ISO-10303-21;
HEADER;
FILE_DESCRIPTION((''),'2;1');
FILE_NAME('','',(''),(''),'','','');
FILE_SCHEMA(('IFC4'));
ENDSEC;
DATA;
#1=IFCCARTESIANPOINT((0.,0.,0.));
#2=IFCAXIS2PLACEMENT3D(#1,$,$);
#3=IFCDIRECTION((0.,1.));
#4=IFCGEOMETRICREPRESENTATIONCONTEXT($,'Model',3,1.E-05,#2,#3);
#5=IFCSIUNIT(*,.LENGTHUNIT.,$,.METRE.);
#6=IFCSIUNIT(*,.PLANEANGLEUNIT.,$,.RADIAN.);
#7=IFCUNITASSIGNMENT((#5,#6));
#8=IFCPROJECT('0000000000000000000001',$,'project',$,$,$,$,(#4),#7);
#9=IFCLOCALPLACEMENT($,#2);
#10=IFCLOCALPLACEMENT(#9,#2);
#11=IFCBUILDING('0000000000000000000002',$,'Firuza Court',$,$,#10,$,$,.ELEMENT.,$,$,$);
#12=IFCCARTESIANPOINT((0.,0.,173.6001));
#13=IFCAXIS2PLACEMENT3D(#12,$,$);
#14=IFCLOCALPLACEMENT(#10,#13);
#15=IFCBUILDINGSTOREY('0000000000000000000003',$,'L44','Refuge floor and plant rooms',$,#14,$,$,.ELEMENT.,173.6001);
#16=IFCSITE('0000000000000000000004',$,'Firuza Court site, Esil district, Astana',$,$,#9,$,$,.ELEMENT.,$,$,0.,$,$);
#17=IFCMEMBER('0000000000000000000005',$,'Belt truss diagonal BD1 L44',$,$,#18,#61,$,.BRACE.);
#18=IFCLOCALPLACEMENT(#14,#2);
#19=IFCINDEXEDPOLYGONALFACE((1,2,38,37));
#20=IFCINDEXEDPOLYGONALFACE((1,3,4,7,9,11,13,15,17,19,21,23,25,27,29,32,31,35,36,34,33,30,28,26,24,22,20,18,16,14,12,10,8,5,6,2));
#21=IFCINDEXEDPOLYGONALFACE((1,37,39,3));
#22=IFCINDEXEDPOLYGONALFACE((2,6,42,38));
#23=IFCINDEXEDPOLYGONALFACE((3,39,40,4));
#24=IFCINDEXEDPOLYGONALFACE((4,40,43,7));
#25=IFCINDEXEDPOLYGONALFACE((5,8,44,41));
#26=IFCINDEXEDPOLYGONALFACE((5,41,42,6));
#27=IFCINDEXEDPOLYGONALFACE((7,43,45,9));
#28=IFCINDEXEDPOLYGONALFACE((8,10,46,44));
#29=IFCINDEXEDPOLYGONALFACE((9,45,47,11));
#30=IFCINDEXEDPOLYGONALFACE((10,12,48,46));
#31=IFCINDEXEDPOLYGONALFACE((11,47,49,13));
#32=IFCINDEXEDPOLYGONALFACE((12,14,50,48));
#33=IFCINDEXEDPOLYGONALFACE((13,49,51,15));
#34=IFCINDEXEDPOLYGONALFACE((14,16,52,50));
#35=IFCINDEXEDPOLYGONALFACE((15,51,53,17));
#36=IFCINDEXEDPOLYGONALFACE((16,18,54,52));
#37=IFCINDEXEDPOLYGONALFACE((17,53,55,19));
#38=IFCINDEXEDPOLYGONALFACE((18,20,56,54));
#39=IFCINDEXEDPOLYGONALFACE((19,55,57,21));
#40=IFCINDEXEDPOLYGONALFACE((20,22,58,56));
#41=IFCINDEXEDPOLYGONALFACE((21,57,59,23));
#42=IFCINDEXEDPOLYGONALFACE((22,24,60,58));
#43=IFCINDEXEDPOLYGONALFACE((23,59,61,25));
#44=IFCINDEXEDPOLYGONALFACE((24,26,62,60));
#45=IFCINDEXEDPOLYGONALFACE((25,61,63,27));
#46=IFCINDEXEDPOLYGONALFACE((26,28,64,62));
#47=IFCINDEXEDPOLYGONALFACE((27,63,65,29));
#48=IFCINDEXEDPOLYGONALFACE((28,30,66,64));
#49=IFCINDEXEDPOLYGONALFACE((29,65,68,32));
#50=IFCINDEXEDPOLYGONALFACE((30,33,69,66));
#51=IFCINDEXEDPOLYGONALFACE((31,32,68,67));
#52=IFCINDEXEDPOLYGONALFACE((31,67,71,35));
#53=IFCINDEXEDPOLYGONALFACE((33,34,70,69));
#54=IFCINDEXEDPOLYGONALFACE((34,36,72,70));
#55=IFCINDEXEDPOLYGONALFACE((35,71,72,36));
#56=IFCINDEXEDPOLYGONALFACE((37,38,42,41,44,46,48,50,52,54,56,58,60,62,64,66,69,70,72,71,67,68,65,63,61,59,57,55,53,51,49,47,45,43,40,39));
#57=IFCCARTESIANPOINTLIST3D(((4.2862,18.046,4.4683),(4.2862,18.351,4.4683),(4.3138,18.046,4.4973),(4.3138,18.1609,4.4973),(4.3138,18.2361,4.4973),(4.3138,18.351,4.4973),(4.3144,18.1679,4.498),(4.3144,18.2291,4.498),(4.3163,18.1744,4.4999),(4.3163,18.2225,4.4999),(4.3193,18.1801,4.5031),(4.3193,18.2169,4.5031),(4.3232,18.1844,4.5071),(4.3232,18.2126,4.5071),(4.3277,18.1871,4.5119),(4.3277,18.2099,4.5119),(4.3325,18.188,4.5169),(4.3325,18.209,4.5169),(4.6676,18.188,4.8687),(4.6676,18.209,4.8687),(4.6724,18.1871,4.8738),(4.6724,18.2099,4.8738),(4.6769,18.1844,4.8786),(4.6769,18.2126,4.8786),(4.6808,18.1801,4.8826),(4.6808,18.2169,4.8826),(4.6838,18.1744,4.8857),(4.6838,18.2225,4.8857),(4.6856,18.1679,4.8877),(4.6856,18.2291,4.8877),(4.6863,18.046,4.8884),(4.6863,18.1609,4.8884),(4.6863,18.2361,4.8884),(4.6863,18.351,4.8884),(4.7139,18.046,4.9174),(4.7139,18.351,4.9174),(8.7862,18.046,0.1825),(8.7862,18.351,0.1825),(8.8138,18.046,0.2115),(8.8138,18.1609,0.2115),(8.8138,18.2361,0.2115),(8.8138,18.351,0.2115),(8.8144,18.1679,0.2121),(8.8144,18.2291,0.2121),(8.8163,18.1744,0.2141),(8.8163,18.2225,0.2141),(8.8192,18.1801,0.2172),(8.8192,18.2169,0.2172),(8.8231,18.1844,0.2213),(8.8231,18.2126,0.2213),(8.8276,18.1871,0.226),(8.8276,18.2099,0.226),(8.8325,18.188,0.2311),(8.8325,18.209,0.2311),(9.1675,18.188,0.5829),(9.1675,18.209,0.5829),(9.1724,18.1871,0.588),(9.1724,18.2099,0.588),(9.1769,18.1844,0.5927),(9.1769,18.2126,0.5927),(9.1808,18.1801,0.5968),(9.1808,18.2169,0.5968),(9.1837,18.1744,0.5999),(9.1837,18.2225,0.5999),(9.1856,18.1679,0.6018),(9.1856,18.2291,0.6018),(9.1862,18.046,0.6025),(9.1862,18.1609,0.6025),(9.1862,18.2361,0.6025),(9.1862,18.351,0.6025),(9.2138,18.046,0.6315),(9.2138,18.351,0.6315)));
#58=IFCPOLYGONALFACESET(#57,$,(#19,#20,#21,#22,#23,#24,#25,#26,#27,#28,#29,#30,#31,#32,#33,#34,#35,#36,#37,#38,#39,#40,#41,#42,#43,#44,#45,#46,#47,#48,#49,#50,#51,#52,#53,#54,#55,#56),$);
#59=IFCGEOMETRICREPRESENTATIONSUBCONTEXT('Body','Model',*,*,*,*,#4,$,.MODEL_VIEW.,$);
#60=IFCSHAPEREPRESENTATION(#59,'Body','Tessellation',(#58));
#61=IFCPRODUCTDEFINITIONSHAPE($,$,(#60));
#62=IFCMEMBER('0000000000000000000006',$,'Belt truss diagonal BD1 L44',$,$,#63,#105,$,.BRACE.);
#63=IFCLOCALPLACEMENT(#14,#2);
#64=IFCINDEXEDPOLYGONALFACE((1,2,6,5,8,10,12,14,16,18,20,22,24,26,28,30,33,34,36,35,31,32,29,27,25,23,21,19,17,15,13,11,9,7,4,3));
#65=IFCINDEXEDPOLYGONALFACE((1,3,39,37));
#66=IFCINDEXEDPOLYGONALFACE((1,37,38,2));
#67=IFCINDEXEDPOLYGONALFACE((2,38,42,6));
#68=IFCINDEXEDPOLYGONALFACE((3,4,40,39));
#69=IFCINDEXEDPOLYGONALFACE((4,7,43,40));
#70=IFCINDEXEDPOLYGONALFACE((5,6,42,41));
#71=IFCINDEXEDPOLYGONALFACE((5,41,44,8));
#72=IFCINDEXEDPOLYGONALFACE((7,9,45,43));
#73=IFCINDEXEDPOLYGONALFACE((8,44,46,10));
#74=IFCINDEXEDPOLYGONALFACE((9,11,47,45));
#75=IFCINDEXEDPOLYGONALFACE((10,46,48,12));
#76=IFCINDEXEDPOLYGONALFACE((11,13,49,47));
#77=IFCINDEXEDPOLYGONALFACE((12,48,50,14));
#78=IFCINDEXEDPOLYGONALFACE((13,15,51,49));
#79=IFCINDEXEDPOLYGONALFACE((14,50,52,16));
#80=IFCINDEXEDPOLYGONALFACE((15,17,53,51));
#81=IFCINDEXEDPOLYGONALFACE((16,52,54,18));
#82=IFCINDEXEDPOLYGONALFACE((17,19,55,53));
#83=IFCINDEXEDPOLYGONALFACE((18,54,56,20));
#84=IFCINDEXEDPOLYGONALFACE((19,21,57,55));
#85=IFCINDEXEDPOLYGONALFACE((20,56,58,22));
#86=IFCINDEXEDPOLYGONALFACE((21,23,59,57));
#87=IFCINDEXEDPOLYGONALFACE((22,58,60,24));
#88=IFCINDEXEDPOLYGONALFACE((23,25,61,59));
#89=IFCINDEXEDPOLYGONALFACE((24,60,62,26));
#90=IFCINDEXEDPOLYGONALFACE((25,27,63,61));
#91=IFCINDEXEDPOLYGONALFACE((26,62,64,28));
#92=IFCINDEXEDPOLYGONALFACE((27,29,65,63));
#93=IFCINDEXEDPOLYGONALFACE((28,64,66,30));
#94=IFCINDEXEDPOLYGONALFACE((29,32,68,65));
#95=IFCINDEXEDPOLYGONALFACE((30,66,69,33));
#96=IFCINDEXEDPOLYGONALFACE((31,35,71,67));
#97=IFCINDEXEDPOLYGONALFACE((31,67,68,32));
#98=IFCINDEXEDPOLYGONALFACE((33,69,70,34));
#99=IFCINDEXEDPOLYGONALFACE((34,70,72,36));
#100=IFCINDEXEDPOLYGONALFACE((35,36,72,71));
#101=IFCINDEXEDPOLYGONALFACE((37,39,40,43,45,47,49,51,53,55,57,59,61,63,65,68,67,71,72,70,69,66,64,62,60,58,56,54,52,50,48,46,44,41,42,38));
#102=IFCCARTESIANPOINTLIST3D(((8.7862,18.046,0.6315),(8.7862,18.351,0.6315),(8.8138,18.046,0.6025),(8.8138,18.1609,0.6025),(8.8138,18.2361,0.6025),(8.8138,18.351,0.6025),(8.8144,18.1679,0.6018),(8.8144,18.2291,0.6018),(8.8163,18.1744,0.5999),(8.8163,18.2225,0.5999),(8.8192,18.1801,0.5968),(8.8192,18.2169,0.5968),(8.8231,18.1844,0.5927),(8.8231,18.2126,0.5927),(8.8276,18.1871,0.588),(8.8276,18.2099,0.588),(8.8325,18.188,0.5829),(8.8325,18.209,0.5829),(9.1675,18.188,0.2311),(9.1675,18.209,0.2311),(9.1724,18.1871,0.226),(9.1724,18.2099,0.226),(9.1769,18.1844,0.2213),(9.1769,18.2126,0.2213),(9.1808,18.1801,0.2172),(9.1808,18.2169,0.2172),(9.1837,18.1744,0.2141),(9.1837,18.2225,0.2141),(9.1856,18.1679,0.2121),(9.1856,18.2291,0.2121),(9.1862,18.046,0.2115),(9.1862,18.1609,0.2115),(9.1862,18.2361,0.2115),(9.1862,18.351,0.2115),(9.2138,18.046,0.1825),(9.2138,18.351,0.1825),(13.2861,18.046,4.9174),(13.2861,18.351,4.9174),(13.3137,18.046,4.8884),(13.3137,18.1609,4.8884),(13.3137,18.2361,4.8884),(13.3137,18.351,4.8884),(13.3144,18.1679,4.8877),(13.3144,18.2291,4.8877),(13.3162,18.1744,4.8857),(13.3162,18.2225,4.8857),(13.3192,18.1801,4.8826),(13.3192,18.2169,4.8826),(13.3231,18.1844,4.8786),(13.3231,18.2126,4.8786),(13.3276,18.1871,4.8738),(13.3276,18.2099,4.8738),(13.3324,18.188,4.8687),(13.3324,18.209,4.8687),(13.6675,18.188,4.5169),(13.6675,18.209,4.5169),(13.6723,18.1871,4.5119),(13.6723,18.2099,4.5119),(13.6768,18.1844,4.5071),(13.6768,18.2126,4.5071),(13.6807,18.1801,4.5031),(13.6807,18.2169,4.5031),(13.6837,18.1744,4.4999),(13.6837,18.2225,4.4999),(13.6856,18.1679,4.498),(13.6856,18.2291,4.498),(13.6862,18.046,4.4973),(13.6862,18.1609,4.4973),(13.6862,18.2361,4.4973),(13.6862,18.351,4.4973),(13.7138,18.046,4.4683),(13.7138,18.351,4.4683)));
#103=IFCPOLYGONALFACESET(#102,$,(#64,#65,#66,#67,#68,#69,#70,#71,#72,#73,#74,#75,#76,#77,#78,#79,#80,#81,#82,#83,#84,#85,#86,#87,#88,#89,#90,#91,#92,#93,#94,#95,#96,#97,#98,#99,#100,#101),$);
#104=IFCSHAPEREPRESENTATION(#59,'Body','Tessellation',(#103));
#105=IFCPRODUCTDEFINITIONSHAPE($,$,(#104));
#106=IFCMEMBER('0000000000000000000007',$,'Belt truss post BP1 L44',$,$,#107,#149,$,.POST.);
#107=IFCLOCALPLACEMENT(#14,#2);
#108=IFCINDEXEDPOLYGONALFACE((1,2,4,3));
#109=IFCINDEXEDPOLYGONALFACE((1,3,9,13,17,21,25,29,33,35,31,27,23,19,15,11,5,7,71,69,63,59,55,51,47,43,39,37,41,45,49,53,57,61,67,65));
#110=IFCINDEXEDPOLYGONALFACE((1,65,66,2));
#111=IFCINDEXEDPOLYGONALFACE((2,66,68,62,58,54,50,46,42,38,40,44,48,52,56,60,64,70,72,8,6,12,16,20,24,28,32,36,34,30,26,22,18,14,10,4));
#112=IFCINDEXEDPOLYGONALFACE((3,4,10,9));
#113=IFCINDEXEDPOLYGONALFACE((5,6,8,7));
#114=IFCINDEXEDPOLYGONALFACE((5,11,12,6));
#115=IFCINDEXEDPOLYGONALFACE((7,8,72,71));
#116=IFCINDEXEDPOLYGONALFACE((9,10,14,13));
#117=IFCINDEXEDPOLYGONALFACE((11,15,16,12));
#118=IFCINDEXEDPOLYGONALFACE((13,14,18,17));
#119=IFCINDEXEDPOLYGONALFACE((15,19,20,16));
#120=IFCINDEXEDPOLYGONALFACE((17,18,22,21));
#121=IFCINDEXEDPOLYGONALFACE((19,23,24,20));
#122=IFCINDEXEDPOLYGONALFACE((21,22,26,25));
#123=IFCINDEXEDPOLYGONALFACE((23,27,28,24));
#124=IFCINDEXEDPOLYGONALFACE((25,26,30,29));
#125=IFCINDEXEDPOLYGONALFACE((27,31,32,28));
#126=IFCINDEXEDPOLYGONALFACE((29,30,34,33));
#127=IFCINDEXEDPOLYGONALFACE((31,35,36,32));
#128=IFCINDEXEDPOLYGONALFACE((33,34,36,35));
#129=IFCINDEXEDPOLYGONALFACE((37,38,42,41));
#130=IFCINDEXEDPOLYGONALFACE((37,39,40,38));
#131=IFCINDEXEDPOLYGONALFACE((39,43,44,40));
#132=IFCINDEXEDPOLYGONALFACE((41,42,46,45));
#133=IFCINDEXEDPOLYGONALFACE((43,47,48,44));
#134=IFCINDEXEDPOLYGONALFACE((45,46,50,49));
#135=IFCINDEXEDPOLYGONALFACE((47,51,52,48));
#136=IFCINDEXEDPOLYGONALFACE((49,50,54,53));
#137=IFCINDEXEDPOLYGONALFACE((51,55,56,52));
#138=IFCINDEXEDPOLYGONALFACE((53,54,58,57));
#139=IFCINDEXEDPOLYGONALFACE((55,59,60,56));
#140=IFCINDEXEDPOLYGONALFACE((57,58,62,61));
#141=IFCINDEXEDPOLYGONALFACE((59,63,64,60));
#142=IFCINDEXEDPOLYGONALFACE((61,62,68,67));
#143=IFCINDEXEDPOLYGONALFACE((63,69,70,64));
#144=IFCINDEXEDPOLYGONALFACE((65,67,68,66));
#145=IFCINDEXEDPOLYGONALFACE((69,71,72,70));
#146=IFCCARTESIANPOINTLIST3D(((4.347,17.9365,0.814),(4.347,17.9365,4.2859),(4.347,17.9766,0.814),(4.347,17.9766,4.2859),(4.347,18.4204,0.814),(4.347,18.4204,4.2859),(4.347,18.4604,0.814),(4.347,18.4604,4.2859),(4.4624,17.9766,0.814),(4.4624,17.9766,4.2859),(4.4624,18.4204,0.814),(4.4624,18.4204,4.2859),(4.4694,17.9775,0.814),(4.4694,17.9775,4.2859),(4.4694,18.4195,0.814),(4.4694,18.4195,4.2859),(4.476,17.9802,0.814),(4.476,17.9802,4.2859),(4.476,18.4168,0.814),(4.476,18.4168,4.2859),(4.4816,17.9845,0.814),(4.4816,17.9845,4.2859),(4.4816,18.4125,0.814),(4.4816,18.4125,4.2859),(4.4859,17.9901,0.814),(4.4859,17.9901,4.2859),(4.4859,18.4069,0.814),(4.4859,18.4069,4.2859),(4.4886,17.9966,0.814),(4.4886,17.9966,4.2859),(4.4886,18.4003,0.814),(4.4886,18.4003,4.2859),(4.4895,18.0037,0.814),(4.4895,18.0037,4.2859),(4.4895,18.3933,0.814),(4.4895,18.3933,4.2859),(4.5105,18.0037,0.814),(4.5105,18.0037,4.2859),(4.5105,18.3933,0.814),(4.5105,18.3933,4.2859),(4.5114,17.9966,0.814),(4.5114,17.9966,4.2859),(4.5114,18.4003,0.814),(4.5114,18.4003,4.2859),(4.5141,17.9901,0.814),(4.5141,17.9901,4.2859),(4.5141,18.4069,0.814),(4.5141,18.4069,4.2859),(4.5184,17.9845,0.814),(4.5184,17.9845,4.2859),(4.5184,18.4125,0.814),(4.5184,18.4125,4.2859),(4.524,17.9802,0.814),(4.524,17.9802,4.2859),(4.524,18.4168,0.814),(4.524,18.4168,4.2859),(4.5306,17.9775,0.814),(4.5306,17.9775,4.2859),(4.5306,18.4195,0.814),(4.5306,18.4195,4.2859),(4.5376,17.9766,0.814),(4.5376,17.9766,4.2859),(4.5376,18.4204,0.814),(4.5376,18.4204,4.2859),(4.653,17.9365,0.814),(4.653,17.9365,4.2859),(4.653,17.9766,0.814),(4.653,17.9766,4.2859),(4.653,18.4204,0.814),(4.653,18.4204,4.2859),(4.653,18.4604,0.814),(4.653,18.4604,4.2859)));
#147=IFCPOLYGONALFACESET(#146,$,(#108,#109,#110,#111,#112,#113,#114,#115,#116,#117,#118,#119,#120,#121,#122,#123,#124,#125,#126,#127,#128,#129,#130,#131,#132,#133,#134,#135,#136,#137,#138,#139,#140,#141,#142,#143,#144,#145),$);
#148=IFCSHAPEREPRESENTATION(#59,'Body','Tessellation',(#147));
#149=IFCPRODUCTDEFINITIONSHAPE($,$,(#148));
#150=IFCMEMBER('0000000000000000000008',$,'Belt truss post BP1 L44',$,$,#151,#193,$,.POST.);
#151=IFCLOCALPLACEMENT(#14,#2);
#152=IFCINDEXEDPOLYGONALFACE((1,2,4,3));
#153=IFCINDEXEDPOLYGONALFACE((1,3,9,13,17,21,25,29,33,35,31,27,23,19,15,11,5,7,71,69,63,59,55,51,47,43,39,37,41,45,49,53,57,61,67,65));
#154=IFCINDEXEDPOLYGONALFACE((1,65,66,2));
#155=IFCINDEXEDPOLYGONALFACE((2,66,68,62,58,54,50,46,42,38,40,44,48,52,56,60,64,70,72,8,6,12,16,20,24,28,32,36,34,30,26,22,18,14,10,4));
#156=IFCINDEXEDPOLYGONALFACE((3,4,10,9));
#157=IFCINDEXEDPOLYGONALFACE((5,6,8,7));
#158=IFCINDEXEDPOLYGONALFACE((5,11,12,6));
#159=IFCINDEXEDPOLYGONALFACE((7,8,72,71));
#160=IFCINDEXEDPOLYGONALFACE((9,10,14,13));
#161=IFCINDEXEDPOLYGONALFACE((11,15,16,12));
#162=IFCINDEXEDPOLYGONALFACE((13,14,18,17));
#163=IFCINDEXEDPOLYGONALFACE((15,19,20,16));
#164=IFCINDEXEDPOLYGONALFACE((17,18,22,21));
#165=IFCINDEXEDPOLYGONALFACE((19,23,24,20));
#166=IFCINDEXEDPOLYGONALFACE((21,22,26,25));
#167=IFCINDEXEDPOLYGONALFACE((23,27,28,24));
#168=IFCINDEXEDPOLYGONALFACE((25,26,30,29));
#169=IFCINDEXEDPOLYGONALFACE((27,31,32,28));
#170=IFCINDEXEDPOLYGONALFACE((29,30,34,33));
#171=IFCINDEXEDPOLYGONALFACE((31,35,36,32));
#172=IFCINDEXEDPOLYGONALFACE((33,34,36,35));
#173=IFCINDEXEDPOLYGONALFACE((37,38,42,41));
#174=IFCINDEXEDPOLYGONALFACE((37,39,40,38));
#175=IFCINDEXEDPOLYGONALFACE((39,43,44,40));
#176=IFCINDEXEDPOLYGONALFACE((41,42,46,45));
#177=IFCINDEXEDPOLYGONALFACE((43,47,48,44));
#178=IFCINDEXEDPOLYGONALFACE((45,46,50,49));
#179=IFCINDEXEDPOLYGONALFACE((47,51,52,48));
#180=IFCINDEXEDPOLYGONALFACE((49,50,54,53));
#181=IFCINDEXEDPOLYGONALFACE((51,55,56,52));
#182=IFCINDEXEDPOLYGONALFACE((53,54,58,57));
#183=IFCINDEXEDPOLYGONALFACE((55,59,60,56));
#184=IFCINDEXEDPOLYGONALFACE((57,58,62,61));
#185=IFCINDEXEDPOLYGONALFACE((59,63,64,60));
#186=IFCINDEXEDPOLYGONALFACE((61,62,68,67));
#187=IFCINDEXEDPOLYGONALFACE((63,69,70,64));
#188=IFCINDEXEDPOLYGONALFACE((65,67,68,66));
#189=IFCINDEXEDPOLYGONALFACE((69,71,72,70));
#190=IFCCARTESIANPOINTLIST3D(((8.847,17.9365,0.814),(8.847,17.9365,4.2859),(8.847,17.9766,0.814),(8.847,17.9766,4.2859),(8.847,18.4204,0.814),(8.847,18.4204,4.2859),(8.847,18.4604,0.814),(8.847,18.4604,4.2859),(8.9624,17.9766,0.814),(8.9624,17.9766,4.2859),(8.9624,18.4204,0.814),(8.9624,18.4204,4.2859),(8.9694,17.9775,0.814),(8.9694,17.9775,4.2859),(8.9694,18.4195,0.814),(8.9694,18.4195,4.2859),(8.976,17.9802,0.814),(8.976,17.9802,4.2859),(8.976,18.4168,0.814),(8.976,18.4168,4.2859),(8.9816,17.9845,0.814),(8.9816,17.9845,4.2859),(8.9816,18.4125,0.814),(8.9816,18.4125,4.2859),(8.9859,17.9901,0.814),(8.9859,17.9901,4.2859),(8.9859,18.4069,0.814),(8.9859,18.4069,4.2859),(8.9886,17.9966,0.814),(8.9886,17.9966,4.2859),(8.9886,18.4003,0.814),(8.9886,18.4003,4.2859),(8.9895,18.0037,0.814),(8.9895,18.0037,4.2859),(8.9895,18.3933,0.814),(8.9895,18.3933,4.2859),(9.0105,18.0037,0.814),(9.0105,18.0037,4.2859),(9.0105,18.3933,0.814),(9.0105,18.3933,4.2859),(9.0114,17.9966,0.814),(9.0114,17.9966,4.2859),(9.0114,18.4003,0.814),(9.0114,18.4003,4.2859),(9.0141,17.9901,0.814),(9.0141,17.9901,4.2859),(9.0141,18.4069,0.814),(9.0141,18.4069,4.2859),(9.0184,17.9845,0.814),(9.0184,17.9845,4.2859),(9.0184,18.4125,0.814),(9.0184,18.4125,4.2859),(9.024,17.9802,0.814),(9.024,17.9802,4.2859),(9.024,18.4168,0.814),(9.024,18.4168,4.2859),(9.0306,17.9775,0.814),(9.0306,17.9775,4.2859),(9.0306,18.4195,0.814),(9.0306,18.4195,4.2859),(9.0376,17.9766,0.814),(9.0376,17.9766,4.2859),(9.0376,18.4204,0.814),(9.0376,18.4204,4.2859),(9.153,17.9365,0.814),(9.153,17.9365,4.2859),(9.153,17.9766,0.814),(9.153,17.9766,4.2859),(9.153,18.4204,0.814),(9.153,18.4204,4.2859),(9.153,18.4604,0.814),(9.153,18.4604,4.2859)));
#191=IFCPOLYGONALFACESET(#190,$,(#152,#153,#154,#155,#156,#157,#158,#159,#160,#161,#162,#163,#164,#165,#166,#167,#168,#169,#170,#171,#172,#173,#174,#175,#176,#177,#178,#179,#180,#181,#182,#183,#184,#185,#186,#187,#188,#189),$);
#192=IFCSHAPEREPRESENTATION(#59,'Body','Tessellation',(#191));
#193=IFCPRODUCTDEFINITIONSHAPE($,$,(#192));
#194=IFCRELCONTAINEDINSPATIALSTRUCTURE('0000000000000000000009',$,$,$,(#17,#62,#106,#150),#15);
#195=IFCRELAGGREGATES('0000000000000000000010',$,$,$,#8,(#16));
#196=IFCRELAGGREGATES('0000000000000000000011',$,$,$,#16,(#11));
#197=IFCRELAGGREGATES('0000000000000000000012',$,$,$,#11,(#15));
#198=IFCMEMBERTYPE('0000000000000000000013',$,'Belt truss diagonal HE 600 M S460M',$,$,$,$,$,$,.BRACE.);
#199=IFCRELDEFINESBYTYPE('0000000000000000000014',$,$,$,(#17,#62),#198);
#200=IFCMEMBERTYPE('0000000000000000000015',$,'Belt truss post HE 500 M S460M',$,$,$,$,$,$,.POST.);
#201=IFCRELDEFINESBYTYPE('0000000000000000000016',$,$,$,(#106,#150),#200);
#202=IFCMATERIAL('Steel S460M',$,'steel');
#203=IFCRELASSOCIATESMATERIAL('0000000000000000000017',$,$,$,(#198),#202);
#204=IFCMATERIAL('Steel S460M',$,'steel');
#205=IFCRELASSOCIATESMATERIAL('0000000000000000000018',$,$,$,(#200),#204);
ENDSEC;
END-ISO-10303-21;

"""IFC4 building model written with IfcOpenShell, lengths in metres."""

from ifc_helpers import new_model, si_unit, direction, frame, origin, origin_2d, place, context, subcontext, project, spatial, i_section, extrude, material, material_profile, profile_set, type_object, element, save


model = new_model("IFC4")

# Units and contexts
model_context = context("Model", 3, precision=1e-05, world=origin(), true_north=direction((0.0, 1.0)))
body_context = subcontext(model_context, "Body", "Model", "MODEL_VIEW")
ifc_project = project(units=[si_unit("LENGTHUNIT", "METRE"), si_unit("PLANEANGLEUNIT", "RADIAN")], contexts=[model_context])

# Site, building, storey
site_placement = place(None, origin())
site = spatial("IfcSite", under=ifc_project, at=site_placement, Name="Firuza Court site, Esil district, Astana", CompositionType="ELEMENT", RefElevation=0.0)
building_placement = place(site_placement, origin())
building = spatial("IfcBuilding", under=site, at=building_placement, Name="Firuza Court", CompositionType="ELEMENT")
storey_placement = place(building_placement, frame((0.0, 0.0, 173.6001)))
storey = spatial("IfcBuildingStorey", under=building, at=storey_placement, Name="L44", Description="Refuge floor and plant rooms", CompositionType="ELEMENT", Elevation=173.6001)

# Members
ifc_material_1 = material(Name="Steel S460M", Category="steel")
ifc_material_profile_1 = material_profile(ifc_material_1, i_section(OverallWidth=0.3049, OverallDepth=0.6201, WebThickness=0.021, FlangeThickness=0.04, FilletRadius=0.0271, at=origin_2d()), Name="HE 600 M")
ifc_profile_set_1 = profile_set([ifc_material_profile_1], Name="Steel S460M")
member_type_1 = type_object("IfcMemberType", Name="Belt truss diagonal HE 600 M S460M", PredefinedType="BRACE", material=ifc_profile_set_1)
for number, where, z_axis, x_axis, name in (
    (1, (9.0, 18.1985, 0.407), (-0.724124, 0.0, 0.68967), (0.0, -1.0, 0.0), "Belt truss diagonal BD1 L44"),
    (2, (9.0, 18.1985, 0.407), (0.724124, 0.0, 0.68967), (0.0, 1.0, 0.0), "Belt truss diagonal BD1 L44"),
):
    element("IfcMember", number, at=place(storey_placement, frame(where, z_axis=z_axis, x_axis=x_axis)), inside=storey, type_object=member_type_1, Name=name, PredefinedType="BRACE", context=body_context, shape_type="SweptSolid", body=[
        extrude(i_section(OverallWidth=0.3049, OverallDepth=0.6201, WebThickness=0.021, FlangeThickness=0.04, FilletRadius=0.0271, at=origin_2d()), origin(), (0.0, 0.0, 1.0), 6.2144),
    ])
ifc_material_2 = material(Name="Steel S460M", Category="steel")
ifc_material_profile_2 = material_profile(ifc_material_2, i_section(OverallWidth=0.3059, OverallDepth=0.5239, WebThickness=0.021, FlangeThickness=0.04, FilletRadius=0.0271, at=origin_2d()), Name="HE 500 M")
ifc_profile_set_2 = profile_set([ifc_material_profile_2], Name="Steel S460M")
member_type_2 = type_object("IfcMemberType", Name="Belt truss post HE 500 M S460M", PredefinedType="POST", material=ifc_profile_set_2)
for number, where, z_axis, x_axis, name in (
    (3, (4.5, 18.1985, 0.814), (0.0, 0.0, 1.0), (1.0, 0.0, 0.0), "Belt truss post BP1 L44"),
    (4, (9.0, 18.1985, 0.814), (0.0, 0.0, 1.0), (1.0, 0.0, 0.0), "Belt truss post BP1 L44"),
):
    element("IfcMember", number, at=place(storey_placement, frame(where, z_axis=z_axis, x_axis=x_axis)), inside=storey, type_object=member_type_2, Name=name, PredefinedType="POST", context=body_context, shape_type="SweptSolid", body=[
        extrude(i_section(OverallWidth=0.3059, OverallDepth=0.5239, WebThickness=0.021, FlangeThickness=0.04, FilletRadius=0.0271, at=origin_2d()), origin(), (0.0, 0.0, 1.0), 3.4719),
    ])

save(model, "model.ifc")
